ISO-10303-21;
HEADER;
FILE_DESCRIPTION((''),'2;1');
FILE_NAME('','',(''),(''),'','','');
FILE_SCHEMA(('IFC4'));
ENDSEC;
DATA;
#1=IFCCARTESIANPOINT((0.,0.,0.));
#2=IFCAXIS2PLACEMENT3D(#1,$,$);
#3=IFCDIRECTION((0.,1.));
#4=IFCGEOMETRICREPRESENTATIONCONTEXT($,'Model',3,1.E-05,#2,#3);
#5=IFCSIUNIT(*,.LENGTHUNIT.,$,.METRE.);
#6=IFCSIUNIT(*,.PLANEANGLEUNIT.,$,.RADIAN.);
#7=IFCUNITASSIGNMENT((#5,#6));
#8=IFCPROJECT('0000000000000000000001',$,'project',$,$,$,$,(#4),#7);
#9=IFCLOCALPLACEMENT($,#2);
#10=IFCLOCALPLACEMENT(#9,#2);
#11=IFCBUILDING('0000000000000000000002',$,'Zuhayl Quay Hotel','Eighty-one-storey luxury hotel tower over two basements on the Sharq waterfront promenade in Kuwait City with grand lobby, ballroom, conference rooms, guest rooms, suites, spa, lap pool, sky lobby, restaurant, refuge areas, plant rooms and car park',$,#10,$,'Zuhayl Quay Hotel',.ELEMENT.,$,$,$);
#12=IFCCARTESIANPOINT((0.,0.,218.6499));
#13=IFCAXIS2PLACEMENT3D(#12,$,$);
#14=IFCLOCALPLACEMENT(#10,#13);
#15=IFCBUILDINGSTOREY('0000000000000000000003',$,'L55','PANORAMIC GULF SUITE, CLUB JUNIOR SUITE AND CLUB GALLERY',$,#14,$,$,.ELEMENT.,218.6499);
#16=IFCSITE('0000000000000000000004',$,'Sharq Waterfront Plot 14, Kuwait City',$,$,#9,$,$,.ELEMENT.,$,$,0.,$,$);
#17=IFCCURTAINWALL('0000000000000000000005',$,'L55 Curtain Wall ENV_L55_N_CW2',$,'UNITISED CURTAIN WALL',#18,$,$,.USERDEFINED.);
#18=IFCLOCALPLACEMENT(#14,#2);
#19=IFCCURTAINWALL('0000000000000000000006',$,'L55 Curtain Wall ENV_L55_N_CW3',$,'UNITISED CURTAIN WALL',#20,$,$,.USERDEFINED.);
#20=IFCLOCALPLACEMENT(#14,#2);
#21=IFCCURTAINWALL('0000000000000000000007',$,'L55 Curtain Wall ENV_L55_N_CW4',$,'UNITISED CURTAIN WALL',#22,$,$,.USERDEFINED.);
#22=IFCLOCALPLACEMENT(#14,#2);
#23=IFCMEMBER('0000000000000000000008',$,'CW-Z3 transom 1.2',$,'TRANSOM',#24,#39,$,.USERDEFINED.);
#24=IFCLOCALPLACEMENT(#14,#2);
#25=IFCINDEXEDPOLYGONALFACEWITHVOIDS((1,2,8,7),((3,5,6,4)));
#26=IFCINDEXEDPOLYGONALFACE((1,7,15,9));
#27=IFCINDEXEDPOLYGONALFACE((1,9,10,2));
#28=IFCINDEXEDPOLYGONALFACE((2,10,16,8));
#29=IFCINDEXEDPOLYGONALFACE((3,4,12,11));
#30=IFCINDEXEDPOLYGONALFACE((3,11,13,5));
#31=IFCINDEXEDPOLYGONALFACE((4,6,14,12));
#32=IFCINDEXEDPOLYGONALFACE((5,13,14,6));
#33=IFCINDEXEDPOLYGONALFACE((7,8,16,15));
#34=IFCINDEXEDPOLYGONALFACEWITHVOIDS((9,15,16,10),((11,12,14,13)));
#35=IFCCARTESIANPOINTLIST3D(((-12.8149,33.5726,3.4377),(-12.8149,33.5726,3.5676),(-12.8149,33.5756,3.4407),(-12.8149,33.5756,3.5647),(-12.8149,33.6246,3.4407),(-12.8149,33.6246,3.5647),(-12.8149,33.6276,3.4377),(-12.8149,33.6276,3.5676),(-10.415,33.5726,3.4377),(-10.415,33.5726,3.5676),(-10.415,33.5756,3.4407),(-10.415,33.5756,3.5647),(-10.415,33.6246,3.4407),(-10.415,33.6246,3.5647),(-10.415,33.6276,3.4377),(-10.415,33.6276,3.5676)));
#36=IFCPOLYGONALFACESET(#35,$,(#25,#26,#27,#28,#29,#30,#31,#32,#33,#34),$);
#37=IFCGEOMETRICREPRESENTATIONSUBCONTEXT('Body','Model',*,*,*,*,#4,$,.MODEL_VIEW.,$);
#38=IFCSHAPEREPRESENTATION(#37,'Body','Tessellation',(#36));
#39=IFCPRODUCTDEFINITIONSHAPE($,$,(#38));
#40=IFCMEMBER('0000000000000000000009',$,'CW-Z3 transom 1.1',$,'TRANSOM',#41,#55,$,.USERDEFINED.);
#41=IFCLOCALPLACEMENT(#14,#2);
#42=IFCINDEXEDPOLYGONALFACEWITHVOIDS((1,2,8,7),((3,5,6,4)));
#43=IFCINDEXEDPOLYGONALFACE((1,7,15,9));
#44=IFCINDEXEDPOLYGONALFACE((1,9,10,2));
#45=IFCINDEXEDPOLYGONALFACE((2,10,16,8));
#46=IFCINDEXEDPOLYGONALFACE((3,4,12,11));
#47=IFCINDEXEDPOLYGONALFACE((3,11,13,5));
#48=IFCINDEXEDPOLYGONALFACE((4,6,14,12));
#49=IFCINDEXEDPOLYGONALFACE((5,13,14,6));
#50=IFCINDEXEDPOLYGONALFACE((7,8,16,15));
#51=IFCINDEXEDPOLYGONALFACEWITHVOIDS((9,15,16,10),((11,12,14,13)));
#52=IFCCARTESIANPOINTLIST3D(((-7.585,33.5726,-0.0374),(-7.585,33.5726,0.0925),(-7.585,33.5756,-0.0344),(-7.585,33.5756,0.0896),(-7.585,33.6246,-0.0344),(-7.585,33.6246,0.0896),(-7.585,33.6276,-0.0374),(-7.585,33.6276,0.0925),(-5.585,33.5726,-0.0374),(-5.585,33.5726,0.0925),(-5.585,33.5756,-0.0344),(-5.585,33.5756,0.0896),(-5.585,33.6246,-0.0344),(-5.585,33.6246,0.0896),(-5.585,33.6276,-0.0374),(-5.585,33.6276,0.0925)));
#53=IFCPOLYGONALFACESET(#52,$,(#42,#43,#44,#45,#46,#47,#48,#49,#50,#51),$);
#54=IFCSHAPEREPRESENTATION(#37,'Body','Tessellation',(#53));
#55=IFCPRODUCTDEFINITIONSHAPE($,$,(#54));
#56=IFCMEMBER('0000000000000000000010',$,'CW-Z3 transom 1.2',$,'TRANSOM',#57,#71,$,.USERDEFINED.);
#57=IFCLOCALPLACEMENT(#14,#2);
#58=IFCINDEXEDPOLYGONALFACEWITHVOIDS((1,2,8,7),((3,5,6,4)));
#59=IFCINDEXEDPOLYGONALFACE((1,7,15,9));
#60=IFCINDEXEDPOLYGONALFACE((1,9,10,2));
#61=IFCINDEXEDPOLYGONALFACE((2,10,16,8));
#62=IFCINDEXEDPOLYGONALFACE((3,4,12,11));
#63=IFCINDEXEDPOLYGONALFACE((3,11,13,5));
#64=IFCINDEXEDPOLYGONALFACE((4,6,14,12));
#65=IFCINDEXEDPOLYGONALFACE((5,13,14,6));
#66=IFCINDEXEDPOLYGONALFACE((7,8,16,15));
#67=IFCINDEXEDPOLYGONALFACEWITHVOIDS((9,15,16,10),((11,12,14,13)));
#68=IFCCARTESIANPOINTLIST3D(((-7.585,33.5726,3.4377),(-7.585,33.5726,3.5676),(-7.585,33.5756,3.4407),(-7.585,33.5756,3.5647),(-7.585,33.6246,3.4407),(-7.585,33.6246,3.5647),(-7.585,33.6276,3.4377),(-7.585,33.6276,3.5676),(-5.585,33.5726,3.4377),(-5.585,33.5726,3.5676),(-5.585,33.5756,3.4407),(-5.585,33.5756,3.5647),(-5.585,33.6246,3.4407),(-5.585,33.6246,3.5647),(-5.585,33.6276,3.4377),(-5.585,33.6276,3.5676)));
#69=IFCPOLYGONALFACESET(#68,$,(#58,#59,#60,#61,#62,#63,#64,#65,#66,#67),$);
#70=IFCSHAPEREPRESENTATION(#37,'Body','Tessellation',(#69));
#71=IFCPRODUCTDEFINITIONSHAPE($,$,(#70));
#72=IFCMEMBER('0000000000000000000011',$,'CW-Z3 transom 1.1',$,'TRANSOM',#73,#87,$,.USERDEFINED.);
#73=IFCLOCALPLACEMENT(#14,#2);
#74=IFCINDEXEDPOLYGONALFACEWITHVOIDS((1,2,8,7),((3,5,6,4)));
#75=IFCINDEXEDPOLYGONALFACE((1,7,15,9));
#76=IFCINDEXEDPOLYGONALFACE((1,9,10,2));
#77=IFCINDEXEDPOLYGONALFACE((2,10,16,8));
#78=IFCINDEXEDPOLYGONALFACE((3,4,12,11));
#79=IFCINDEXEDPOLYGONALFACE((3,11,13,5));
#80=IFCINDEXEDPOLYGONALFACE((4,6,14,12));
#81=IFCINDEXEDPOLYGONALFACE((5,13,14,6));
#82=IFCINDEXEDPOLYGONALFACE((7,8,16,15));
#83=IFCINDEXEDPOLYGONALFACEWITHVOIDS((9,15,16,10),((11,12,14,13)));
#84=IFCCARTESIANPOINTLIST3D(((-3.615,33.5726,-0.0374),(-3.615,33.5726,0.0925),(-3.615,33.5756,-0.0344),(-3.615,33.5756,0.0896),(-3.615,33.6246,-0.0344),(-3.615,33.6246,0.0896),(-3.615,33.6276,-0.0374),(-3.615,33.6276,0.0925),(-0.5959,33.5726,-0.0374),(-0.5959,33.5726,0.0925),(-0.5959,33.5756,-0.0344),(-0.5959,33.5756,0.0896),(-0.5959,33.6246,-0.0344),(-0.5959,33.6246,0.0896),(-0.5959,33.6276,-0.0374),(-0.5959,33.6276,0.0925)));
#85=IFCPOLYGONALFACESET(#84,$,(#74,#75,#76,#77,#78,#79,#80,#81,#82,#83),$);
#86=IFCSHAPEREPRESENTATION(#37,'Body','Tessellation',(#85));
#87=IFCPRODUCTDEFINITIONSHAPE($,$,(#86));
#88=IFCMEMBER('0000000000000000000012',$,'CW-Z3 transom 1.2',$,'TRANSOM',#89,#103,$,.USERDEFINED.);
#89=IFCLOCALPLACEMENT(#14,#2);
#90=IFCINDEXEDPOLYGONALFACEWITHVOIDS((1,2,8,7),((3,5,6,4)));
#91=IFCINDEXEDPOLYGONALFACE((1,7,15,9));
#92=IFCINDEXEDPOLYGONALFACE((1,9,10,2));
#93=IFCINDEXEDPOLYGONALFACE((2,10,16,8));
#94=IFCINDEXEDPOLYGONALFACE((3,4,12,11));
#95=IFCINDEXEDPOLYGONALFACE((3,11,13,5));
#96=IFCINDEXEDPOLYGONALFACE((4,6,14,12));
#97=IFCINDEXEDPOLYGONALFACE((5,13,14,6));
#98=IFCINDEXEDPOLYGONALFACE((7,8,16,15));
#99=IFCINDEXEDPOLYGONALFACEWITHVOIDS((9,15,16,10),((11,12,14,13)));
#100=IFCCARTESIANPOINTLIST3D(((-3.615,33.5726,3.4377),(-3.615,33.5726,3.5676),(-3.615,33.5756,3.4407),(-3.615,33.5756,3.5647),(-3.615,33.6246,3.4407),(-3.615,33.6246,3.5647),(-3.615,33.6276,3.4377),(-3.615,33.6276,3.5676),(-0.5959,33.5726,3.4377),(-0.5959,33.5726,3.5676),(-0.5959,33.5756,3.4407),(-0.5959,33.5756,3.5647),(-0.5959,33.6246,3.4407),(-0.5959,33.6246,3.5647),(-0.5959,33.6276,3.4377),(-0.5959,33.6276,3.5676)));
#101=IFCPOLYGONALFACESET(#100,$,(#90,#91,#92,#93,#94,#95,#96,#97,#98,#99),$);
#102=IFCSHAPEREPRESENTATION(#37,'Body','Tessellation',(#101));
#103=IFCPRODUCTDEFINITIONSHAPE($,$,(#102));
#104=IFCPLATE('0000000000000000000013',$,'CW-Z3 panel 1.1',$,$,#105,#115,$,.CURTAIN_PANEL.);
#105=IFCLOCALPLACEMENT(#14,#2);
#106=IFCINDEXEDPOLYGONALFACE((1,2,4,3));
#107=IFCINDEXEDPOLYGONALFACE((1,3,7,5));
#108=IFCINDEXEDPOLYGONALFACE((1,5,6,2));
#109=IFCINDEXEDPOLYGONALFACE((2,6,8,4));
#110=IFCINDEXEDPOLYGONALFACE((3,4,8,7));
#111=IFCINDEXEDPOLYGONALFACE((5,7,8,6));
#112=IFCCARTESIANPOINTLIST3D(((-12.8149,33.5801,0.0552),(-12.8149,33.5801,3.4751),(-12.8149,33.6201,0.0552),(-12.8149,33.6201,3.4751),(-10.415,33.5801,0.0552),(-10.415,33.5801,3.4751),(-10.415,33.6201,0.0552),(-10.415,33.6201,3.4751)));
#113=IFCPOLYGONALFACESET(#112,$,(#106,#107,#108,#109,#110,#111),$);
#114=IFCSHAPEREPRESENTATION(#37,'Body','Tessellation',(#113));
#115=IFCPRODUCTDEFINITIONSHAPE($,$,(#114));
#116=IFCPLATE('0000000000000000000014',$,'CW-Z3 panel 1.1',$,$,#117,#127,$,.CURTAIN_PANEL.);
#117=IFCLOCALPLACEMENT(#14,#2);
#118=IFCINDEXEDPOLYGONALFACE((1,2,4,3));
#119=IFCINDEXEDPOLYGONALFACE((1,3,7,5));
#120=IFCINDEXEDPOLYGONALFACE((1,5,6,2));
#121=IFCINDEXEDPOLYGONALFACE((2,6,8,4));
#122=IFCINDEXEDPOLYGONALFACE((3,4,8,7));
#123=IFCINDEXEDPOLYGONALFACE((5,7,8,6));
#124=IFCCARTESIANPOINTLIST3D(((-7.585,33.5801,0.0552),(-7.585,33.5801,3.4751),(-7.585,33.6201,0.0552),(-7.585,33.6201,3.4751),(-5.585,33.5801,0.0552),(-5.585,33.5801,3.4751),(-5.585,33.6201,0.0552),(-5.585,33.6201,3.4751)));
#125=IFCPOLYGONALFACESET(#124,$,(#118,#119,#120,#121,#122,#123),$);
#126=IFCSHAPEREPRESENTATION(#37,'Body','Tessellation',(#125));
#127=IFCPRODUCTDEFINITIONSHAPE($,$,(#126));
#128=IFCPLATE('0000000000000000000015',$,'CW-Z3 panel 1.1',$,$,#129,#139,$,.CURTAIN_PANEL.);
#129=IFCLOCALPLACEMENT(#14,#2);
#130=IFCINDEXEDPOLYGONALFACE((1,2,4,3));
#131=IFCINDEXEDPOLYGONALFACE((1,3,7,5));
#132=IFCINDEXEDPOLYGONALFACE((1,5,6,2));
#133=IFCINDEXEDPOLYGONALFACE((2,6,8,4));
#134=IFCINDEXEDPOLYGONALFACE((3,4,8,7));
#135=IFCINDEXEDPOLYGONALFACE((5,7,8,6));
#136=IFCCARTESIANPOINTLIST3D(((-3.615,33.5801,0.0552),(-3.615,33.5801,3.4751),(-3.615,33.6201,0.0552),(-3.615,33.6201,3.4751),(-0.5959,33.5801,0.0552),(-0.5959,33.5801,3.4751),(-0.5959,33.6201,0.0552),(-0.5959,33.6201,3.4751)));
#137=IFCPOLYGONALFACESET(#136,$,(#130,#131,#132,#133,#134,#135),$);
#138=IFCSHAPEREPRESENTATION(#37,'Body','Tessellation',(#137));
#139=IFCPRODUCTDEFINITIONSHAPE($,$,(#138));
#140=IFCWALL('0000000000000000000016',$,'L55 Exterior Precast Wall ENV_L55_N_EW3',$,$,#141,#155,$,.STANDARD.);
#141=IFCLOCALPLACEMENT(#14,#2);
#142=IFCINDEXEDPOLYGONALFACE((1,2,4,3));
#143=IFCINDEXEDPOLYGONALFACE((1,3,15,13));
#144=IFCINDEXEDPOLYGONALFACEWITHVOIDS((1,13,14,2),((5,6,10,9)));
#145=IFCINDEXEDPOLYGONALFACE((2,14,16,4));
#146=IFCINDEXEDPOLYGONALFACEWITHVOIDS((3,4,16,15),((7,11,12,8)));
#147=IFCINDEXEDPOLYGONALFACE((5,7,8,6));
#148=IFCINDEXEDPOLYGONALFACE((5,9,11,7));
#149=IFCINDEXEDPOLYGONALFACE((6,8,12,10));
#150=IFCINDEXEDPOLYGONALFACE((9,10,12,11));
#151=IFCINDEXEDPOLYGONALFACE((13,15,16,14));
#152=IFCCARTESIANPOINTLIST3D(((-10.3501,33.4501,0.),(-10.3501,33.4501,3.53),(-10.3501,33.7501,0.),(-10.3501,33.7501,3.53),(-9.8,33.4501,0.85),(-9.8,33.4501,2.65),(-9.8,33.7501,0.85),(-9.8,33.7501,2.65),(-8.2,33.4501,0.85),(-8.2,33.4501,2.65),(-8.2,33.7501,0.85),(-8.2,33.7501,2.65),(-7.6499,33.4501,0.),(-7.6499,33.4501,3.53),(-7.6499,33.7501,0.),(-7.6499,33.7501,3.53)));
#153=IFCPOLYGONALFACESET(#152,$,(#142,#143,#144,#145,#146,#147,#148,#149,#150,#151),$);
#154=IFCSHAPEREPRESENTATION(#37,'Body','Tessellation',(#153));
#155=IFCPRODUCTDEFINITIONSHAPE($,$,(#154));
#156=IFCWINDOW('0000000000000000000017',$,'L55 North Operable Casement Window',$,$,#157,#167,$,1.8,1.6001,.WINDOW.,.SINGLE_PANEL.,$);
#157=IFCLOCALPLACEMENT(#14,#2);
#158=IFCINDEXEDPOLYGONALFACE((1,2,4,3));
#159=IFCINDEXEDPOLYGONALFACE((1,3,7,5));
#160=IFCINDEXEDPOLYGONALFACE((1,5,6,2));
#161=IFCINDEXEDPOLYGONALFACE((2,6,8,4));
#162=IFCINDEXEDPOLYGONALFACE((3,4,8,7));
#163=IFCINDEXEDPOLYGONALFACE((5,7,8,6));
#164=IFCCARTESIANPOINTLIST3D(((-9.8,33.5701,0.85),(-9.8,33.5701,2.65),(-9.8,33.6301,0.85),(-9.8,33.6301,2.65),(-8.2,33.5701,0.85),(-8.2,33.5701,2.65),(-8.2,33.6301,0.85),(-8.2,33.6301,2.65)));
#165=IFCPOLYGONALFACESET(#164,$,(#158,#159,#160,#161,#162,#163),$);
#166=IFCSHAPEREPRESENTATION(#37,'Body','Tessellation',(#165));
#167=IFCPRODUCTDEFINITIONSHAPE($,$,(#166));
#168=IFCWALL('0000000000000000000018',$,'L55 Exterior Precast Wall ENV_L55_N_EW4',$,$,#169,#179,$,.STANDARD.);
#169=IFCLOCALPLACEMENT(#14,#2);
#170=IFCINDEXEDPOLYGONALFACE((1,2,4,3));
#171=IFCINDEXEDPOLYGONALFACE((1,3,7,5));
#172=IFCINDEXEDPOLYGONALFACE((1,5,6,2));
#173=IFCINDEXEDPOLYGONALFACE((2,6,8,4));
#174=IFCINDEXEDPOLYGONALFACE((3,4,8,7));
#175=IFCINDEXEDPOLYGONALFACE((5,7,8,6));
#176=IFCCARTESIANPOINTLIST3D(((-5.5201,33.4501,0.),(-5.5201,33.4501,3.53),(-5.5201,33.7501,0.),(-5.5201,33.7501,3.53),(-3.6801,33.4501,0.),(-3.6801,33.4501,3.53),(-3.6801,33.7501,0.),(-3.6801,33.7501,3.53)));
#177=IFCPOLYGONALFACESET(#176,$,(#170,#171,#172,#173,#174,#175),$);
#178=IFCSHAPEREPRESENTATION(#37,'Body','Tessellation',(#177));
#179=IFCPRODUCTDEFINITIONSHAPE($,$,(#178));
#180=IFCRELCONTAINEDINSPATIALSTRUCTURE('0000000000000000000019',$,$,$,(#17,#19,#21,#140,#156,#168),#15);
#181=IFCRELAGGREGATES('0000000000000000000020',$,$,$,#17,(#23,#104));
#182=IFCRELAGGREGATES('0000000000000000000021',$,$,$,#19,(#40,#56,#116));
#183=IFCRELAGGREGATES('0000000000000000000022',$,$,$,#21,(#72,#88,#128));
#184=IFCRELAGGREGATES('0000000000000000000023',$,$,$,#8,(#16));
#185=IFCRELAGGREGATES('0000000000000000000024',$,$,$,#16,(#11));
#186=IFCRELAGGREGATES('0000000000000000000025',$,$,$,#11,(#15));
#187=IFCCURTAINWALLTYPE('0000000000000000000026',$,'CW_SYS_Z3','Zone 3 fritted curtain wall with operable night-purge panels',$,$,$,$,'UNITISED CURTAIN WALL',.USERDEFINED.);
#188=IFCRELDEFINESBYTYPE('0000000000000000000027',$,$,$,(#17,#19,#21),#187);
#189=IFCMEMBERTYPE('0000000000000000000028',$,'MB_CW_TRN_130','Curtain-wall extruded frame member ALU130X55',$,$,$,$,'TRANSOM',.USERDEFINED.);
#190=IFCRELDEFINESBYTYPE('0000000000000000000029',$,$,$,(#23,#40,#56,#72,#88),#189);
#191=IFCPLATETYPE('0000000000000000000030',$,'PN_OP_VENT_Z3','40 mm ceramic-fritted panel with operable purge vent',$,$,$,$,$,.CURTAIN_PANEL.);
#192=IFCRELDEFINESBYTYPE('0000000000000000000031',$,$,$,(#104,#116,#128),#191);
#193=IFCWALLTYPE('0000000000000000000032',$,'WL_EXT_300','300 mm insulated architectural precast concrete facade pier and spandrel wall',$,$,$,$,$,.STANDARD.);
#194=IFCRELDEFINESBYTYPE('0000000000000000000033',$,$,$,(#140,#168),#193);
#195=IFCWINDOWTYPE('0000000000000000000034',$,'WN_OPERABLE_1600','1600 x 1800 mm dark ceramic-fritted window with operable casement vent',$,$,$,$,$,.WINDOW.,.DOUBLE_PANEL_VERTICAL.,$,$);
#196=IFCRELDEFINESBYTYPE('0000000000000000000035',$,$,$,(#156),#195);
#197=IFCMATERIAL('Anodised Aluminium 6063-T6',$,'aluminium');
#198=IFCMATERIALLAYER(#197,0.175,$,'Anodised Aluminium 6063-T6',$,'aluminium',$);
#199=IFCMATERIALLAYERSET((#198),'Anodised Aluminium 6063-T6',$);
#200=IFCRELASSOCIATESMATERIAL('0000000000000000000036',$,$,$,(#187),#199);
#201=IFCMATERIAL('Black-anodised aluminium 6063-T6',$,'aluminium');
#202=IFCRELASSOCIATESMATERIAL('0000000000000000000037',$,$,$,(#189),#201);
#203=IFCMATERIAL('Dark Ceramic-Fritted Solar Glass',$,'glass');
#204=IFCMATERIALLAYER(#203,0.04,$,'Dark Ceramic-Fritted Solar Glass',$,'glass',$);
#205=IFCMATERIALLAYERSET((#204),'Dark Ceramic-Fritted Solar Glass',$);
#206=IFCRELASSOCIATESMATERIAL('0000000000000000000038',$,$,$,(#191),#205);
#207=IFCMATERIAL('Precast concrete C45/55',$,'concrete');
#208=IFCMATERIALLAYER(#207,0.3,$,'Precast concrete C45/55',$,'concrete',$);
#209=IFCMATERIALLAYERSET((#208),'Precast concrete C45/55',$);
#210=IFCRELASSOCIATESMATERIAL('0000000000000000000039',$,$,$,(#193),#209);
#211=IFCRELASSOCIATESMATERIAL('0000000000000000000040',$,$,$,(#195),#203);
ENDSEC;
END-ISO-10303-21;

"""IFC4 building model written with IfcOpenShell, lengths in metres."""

from ifc_helpers import new_model, si_unit, direction, frame, frame_2d, origin, origin_2d, place, context, subcontext, project, spatial, rectangle, hollow_rectangle, extrude, material, layer, layer_set, material_profile, profile_set, type_object, element, fill, aggregate, save


model = new_model("IFC4")

# Units and contexts
model_context = context("Model", 3, precision=1e-05, world=origin(), true_north=direction((0.0, 1.0)))
body_context = subcontext(model_context, "Body", "Model", "MODEL_VIEW")
ifc_project = project(units=[si_unit("LENGTHUNIT", "METRE"), si_unit("PLANEANGLEUNIT", "RADIAN")], contexts=[model_context])

# Site, building, storey
site_placement = place(None, origin())
site = spatial("IfcSite", under=ifc_project, at=site_placement, Name="Sharq Waterfront Plot 14, Kuwait City", CompositionType="ELEMENT", RefElevation=0.0)
building_placement = place(site_placement, origin())
building = spatial("IfcBuilding", under=site, at=building_placement, Name="Zuhayl Quay Hotel", Description="Eighty-one-storey luxury hotel tower over two basements on the Sharq waterfront promenade in Kuwait City with grand lobby, ballroom, conference rooms, guest rooms, suites, spa, lap pool, sky lobby, restaurant, refuge areas, plant rooms and car park", LongName="Zuhayl Quay Hotel", CompositionType="ELEMENT")
storey_placement = place(building_placement, frame((0.0, 0.0, 218.6499)))
storey = spatial("IfcBuildingStorey", under=building, at=storey_placement, Name="L55", Description="PANORAMIC GULF SUITE, CLUB JUNIOR SUITE AND CLUB GALLERY", CompositionType="ELEMENT", Elevation=218.6499)

# Curtain walls
ifc_material_1 = material(Name="Anodised Aluminium 6063-T6", Category="aluminium")
ifc_layer_1 = layer(ifc_material_1, 0.175, Name="Anodised Aluminium 6063-T6", Category="aluminium")
ifc_layer_set_1 = layer_set([ifc_layer_1], Name="Anodised Aluminium 6063-T6")
curtain_wall_type = type_object("IfcCurtainWallType", Name="CW_SYS_Z3", Description="Zone 3 fritted curtain wall with operable night-purge panels", ElementType="UNITISED CURTAIN WALL", PredefinedType="USERDEFINED", material=ifc_layer_set_1)
curtain_wall_1_placement = place(storey_placement, origin())
curtain_wall_1 = element("IfcCurtainWall", 1, at=curtain_wall_1_placement, inside=storey, type_object=curtain_wall_type, Name="L55 Curtain Wall ENV_L55_N_CW2", ObjectType="UNITISED CURTAIN WALL", PredefinedType="USERDEFINED")
ifc_material_2 = material(Name="Black-anodised aluminium 6063-T6", Category="aluminium")
curtain_wall_2_placement = place(storey_placement, origin())
curtain_wall_2 = element("IfcCurtainWall", 2, at=curtain_wall_2_placement, inside=storey, type_object=curtain_wall_type, Name="L55 Curtain Wall ENV_L55_N_CW3", ObjectType="UNITISED CURTAIN WALL", PredefinedType="USERDEFINED")
curtain_wall_3_placement = place(storey_placement, origin())
curtain_wall_3 = element("IfcCurtainWall", 3, at=curtain_wall_3_placement, inside=storey, type_object=curtain_wall_type, Name="L55 Curtain Wall ENV_L55_N_CW4", ObjectType="UNITISED CURTAIN WALL", PredefinedType="USERDEFINED")

# Members
ifc_material_profile_1 = material_profile(ifc_material_2, hollow_rectangle(XDim=0.0549, YDim=0.1299, WallThickness=0.0029, at=origin_2d()), Name="ALU130X55")
ifc_profile_set_1 = profile_set([ifc_material_profile_1], Name="Black-anodised aluminium 6063-T6")
member_type_1 = type_object("IfcMemberType", Name="MB_CW_TRN_130", Description="Curtain-wall extruded frame member ALU130X55", ElementType="TRANSOM", PredefinedType="USERDEFINED", material=ifc_profile_set_1)
member_1_placement = place(storey_placement, frame((-12.8149, 33.6001, 3.5027), z_axis=(1.0, 0.0, 0.0), x_axis=(0.0, 1.0, 0.0)))
member_1 = element("IfcMember", 4, at=member_1_placement, type_object=member_type_1, Name="CW-Z3 transom 1.2", ObjectType="TRANSOM", PredefinedType="USERDEFINED", context=body_context, shape_type="SweptSolid", body=[
    extrude(hollow_rectangle(XDim=0.0549, YDim=0.1299, WallThickness=0.0029, at=origin_2d()), origin(), (0.0, 0.0, 1.0), 2.3999),
])
member_2_placement = place(storey_placement, frame((-7.585, 33.6001, 0.0276), z_axis=(1.0, 0.0, 0.0), x_axis=(0.0, 1.0, 0.0)))
member_2 = element("IfcMember", 5, at=member_2_placement, type_object=member_type_1, Name="CW-Z3 transom 1.1", ObjectType="TRANSOM", PredefinedType="USERDEFINED", context=body_context, shape_type="SweptSolid", body=[
    extrude(hollow_rectangle(XDim=0.0549, YDim=0.1299, WallThickness=0.0029, at=origin_2d()), origin(), (0.0, 0.0, 1.0), 2.0),
])
member_3_placement = place(storey_placement, frame((-7.585, 33.6001, 3.5027), z_axis=(1.0, 0.0, 0.0), x_axis=(0.0, 1.0, 0.0)))
member_3 = element("IfcMember", 6, at=member_3_placement, type_object=member_type_1, Name="CW-Z3 transom 1.2", ObjectType="TRANSOM", PredefinedType="USERDEFINED", context=body_context, shape_type="SweptSolid", body=[
    extrude(hollow_rectangle(XDim=0.0549, YDim=0.1299, WallThickness=0.0029, at=origin_2d()), origin(), (0.0, 0.0, 1.0), 2.0),
])
member_4_placement = place(storey_placement, frame((-3.615, 33.6001, 0.0276), z_axis=(1.0, 0.0, 0.0), x_axis=(0.0, 1.0, 0.0)))
member_4 = element("IfcMember", 7, at=member_4_placement, type_object=member_type_1, Name="CW-Z3 transom 1.1", ObjectType="TRANSOM", PredefinedType="USERDEFINED", context=body_context, shape_type="SweptSolid", body=[
    extrude(hollow_rectangle(XDim=0.0549, YDim=0.1299, WallThickness=0.0029, at=origin_2d()), origin(), (0.0, 0.0, 1.0), 3.019),
])
member_5_placement = place(storey_placement, frame((-3.615, 33.6001, 3.5027), z_axis=(1.0, 0.0, 0.0), x_axis=(0.0, 1.0, 0.0)))
member_5 = element("IfcMember", 8, at=member_5_placement, type_object=member_type_1, Name="CW-Z3 transom 1.2", ObjectType="TRANSOM", PredefinedType="USERDEFINED", context=body_context, shape_type="SweptSolid", body=[
    extrude(hollow_rectangle(XDim=0.0549, YDim=0.1299, WallThickness=0.0029, at=origin_2d()), origin(), (0.0, 0.0, 1.0), 3.019),
])

# Plates
ifc_material_3 = material(Name="Dark Ceramic-Fritted Solar Glass", Category="glass")
ifc_layer_2 = layer(ifc_material_3, 0.04, Name="Dark Ceramic-Fritted Solar Glass", Category="glass")
ifc_layer_set_2 = layer_set([ifc_layer_2], Name="Dark Ceramic-Fritted Solar Glass")
plate_type = type_object("IfcPlateType", Name="PN_OP_VENT_Z3", Description="40 mm ceramic-fritted panel with operable purge vent", PredefinedType="CURTAIN_PANEL", material=ifc_layer_set_2)
plate_1_placement = place(storey_placement, frame((-11.615, 33.6001, 0.0552), z_axis=(0.0, 0.0, 1.0), x_axis=(1.0, 0.0, 0.0)))
plate_1 = element("IfcPlate", 9, at=plate_1_placement, type_object=plate_type, Name="CW-Z3 panel 1.1", PredefinedType="CURTAIN_PANEL", context=body_context, shape_type="SweptSolid", body=[
    extrude(rectangle(XDim=2.3999, YDim=0.04, at=origin_2d()), origin(), (0.0, 0.0, 1.0), 3.4199),
])
aggregate(curtain_wall_1, [member_1, plate_1])
plate_2_placement = place(storey_placement, frame((-6.585, 33.6001, 0.0552), z_axis=(0.0, 0.0, 1.0), x_axis=(1.0, 0.0, 0.0)))
plate_2 = element("IfcPlate", 10, at=plate_2_placement, type_object=plate_type, Name="CW-Z3 panel 1.1", PredefinedType="CURTAIN_PANEL", context=body_context, shape_type="SweptSolid", body=[
    extrude(rectangle(XDim=2.0, YDim=0.04, at=origin_2d()), origin(), (0.0, 0.0, 1.0), 3.4199),
])
aggregate(curtain_wall_2, [member_2, member_3, plate_2])
plate_3_placement = place(storey_placement, frame((-2.1055, 33.6001, 0.0552), z_axis=(0.0, 0.0, 1.0), x_axis=(1.0, 0.0, 0.0)))
plate_3 = element("IfcPlate", 11, at=plate_3_placement, type_object=plate_type, Name="CW-Z3 panel 1.1", PredefinedType="CURTAIN_PANEL", context=body_context, shape_type="SweptSolid", body=[
    extrude(rectangle(XDim=3.019, YDim=0.04, at=origin_2d()), origin(), (0.0, 0.0, 1.0), 3.4199),
])
aggregate(curtain_wall_3, [member_4, member_5, plate_3])

# Wall, opening, window
ifc_material_4 = material(Name="Precast concrete C45/55", Category="concrete")
ifc_layer_3 = layer(ifc_material_4, 0.3, Name="Precast concrete C45/55", Category="concrete")
ifc_layer_set_3 = layer_set([ifc_layer_3], Name="Precast concrete C45/55")
wall_type_1 = type_object("IfcWallType", Name="WL_EXT_300", Description="300 mm insulated architectural precast concrete facade pier and spandrel wall", PredefinedType="STANDARD", material=ifc_layer_set_3)
wall_1_placement = place(storey_placement, frame((-10.3501, 33.6001, 0.0), z_axis=(0.0, 0.0, 1.0), x_axis=(1.0, 0.0, 0.0)))
wall_1 = element("IfcWall", 12, at=wall_1_placement, inside=storey, type_object=wall_type_1, Name="L55 Exterior Precast Wall ENV_L55_N_EW3", PredefinedType="STANDARD", context=body_context, shape_type="SweptSolid", body=[
    extrude(rectangle(XDim=2.7002, YDim=0.3, at=frame_2d((1.3501, 0.0))), origin(), (0.0, 0.0, 1.0), 3.53),
])
opening_1_placement = place(wall_1_placement, frame((0.55, 0.0, 0.8501)))
opening_1 = element("IfcOpeningElement", 13, at=opening_1_placement, cuts=wall_1, PredefinedType="OPENING", context=body_context, shape_type="SweptSolid", body=[
    extrude(rectangle(XDim=1.6001, YDim=1.8, at=frame_2d((0.8, 0.8999))), frame((0.0, 0.1599, 0.0), z_axis=(0.0, -1.0, 0.0), x_axis=(1.0, 0.0, 0.0)), (0.0, 0.0, 1.0), 0.3201),
])
window_type = type_object("IfcWindowType", Name="WN_OPERABLE_1600", Description="1600 x 1800 mm dark ceramic-fritted window with operable casement vent", PartitioningType="DOUBLE_PANEL_VERTICAL", PredefinedType="WINDOW", material=ifc_material_3)
window_1_placement = place(opening_1_placement, origin())
window_1 = element("IfcWindow", 14, at=window_1_placement, inside=storey, type_object=window_type, Name="L55 North Operable Casement Window", OverallHeight=1.8, OverallWidth=1.6001, PartitioningType="SINGLE_PANEL", PredefinedType="WINDOW", context=body_context, shape_type="SweptSolid", body=[
    extrude(rectangle(XDim=1.6001, YDim=1.8, at=frame_2d((0.8, 0.8999))), frame((0.0, 0.03, 0.0), z_axis=(0.0, -1.0, 0.0), x_axis=(1.0, 0.0, 0.0)), (0.0, 0.0, 1.0), 0.0601),
])
fill(opening_1, window_1)

# Wall
wall_2_placement = place(storey_placement, frame((-5.52, 33.6001, 0.0), z_axis=(0.0, 0.0, 1.0), x_axis=(1.0, 0.0, 0.0)))
element("IfcWall", 15, at=wall_2_placement, inside=storey, type_object=wall_type_1, Name="L55 Exterior Precast Wall ENV_L55_N_EW4", PredefinedType="STANDARD", context=body_context, shape_type="SweptSolid", body=[
    extrude(rectangle(XDim=1.8401, YDim=0.3, at=frame_2d((0.9199, 0.0))), origin(), (0.0, 0.0, 1.0), 3.53),
])

save(model, "model.ifc")
